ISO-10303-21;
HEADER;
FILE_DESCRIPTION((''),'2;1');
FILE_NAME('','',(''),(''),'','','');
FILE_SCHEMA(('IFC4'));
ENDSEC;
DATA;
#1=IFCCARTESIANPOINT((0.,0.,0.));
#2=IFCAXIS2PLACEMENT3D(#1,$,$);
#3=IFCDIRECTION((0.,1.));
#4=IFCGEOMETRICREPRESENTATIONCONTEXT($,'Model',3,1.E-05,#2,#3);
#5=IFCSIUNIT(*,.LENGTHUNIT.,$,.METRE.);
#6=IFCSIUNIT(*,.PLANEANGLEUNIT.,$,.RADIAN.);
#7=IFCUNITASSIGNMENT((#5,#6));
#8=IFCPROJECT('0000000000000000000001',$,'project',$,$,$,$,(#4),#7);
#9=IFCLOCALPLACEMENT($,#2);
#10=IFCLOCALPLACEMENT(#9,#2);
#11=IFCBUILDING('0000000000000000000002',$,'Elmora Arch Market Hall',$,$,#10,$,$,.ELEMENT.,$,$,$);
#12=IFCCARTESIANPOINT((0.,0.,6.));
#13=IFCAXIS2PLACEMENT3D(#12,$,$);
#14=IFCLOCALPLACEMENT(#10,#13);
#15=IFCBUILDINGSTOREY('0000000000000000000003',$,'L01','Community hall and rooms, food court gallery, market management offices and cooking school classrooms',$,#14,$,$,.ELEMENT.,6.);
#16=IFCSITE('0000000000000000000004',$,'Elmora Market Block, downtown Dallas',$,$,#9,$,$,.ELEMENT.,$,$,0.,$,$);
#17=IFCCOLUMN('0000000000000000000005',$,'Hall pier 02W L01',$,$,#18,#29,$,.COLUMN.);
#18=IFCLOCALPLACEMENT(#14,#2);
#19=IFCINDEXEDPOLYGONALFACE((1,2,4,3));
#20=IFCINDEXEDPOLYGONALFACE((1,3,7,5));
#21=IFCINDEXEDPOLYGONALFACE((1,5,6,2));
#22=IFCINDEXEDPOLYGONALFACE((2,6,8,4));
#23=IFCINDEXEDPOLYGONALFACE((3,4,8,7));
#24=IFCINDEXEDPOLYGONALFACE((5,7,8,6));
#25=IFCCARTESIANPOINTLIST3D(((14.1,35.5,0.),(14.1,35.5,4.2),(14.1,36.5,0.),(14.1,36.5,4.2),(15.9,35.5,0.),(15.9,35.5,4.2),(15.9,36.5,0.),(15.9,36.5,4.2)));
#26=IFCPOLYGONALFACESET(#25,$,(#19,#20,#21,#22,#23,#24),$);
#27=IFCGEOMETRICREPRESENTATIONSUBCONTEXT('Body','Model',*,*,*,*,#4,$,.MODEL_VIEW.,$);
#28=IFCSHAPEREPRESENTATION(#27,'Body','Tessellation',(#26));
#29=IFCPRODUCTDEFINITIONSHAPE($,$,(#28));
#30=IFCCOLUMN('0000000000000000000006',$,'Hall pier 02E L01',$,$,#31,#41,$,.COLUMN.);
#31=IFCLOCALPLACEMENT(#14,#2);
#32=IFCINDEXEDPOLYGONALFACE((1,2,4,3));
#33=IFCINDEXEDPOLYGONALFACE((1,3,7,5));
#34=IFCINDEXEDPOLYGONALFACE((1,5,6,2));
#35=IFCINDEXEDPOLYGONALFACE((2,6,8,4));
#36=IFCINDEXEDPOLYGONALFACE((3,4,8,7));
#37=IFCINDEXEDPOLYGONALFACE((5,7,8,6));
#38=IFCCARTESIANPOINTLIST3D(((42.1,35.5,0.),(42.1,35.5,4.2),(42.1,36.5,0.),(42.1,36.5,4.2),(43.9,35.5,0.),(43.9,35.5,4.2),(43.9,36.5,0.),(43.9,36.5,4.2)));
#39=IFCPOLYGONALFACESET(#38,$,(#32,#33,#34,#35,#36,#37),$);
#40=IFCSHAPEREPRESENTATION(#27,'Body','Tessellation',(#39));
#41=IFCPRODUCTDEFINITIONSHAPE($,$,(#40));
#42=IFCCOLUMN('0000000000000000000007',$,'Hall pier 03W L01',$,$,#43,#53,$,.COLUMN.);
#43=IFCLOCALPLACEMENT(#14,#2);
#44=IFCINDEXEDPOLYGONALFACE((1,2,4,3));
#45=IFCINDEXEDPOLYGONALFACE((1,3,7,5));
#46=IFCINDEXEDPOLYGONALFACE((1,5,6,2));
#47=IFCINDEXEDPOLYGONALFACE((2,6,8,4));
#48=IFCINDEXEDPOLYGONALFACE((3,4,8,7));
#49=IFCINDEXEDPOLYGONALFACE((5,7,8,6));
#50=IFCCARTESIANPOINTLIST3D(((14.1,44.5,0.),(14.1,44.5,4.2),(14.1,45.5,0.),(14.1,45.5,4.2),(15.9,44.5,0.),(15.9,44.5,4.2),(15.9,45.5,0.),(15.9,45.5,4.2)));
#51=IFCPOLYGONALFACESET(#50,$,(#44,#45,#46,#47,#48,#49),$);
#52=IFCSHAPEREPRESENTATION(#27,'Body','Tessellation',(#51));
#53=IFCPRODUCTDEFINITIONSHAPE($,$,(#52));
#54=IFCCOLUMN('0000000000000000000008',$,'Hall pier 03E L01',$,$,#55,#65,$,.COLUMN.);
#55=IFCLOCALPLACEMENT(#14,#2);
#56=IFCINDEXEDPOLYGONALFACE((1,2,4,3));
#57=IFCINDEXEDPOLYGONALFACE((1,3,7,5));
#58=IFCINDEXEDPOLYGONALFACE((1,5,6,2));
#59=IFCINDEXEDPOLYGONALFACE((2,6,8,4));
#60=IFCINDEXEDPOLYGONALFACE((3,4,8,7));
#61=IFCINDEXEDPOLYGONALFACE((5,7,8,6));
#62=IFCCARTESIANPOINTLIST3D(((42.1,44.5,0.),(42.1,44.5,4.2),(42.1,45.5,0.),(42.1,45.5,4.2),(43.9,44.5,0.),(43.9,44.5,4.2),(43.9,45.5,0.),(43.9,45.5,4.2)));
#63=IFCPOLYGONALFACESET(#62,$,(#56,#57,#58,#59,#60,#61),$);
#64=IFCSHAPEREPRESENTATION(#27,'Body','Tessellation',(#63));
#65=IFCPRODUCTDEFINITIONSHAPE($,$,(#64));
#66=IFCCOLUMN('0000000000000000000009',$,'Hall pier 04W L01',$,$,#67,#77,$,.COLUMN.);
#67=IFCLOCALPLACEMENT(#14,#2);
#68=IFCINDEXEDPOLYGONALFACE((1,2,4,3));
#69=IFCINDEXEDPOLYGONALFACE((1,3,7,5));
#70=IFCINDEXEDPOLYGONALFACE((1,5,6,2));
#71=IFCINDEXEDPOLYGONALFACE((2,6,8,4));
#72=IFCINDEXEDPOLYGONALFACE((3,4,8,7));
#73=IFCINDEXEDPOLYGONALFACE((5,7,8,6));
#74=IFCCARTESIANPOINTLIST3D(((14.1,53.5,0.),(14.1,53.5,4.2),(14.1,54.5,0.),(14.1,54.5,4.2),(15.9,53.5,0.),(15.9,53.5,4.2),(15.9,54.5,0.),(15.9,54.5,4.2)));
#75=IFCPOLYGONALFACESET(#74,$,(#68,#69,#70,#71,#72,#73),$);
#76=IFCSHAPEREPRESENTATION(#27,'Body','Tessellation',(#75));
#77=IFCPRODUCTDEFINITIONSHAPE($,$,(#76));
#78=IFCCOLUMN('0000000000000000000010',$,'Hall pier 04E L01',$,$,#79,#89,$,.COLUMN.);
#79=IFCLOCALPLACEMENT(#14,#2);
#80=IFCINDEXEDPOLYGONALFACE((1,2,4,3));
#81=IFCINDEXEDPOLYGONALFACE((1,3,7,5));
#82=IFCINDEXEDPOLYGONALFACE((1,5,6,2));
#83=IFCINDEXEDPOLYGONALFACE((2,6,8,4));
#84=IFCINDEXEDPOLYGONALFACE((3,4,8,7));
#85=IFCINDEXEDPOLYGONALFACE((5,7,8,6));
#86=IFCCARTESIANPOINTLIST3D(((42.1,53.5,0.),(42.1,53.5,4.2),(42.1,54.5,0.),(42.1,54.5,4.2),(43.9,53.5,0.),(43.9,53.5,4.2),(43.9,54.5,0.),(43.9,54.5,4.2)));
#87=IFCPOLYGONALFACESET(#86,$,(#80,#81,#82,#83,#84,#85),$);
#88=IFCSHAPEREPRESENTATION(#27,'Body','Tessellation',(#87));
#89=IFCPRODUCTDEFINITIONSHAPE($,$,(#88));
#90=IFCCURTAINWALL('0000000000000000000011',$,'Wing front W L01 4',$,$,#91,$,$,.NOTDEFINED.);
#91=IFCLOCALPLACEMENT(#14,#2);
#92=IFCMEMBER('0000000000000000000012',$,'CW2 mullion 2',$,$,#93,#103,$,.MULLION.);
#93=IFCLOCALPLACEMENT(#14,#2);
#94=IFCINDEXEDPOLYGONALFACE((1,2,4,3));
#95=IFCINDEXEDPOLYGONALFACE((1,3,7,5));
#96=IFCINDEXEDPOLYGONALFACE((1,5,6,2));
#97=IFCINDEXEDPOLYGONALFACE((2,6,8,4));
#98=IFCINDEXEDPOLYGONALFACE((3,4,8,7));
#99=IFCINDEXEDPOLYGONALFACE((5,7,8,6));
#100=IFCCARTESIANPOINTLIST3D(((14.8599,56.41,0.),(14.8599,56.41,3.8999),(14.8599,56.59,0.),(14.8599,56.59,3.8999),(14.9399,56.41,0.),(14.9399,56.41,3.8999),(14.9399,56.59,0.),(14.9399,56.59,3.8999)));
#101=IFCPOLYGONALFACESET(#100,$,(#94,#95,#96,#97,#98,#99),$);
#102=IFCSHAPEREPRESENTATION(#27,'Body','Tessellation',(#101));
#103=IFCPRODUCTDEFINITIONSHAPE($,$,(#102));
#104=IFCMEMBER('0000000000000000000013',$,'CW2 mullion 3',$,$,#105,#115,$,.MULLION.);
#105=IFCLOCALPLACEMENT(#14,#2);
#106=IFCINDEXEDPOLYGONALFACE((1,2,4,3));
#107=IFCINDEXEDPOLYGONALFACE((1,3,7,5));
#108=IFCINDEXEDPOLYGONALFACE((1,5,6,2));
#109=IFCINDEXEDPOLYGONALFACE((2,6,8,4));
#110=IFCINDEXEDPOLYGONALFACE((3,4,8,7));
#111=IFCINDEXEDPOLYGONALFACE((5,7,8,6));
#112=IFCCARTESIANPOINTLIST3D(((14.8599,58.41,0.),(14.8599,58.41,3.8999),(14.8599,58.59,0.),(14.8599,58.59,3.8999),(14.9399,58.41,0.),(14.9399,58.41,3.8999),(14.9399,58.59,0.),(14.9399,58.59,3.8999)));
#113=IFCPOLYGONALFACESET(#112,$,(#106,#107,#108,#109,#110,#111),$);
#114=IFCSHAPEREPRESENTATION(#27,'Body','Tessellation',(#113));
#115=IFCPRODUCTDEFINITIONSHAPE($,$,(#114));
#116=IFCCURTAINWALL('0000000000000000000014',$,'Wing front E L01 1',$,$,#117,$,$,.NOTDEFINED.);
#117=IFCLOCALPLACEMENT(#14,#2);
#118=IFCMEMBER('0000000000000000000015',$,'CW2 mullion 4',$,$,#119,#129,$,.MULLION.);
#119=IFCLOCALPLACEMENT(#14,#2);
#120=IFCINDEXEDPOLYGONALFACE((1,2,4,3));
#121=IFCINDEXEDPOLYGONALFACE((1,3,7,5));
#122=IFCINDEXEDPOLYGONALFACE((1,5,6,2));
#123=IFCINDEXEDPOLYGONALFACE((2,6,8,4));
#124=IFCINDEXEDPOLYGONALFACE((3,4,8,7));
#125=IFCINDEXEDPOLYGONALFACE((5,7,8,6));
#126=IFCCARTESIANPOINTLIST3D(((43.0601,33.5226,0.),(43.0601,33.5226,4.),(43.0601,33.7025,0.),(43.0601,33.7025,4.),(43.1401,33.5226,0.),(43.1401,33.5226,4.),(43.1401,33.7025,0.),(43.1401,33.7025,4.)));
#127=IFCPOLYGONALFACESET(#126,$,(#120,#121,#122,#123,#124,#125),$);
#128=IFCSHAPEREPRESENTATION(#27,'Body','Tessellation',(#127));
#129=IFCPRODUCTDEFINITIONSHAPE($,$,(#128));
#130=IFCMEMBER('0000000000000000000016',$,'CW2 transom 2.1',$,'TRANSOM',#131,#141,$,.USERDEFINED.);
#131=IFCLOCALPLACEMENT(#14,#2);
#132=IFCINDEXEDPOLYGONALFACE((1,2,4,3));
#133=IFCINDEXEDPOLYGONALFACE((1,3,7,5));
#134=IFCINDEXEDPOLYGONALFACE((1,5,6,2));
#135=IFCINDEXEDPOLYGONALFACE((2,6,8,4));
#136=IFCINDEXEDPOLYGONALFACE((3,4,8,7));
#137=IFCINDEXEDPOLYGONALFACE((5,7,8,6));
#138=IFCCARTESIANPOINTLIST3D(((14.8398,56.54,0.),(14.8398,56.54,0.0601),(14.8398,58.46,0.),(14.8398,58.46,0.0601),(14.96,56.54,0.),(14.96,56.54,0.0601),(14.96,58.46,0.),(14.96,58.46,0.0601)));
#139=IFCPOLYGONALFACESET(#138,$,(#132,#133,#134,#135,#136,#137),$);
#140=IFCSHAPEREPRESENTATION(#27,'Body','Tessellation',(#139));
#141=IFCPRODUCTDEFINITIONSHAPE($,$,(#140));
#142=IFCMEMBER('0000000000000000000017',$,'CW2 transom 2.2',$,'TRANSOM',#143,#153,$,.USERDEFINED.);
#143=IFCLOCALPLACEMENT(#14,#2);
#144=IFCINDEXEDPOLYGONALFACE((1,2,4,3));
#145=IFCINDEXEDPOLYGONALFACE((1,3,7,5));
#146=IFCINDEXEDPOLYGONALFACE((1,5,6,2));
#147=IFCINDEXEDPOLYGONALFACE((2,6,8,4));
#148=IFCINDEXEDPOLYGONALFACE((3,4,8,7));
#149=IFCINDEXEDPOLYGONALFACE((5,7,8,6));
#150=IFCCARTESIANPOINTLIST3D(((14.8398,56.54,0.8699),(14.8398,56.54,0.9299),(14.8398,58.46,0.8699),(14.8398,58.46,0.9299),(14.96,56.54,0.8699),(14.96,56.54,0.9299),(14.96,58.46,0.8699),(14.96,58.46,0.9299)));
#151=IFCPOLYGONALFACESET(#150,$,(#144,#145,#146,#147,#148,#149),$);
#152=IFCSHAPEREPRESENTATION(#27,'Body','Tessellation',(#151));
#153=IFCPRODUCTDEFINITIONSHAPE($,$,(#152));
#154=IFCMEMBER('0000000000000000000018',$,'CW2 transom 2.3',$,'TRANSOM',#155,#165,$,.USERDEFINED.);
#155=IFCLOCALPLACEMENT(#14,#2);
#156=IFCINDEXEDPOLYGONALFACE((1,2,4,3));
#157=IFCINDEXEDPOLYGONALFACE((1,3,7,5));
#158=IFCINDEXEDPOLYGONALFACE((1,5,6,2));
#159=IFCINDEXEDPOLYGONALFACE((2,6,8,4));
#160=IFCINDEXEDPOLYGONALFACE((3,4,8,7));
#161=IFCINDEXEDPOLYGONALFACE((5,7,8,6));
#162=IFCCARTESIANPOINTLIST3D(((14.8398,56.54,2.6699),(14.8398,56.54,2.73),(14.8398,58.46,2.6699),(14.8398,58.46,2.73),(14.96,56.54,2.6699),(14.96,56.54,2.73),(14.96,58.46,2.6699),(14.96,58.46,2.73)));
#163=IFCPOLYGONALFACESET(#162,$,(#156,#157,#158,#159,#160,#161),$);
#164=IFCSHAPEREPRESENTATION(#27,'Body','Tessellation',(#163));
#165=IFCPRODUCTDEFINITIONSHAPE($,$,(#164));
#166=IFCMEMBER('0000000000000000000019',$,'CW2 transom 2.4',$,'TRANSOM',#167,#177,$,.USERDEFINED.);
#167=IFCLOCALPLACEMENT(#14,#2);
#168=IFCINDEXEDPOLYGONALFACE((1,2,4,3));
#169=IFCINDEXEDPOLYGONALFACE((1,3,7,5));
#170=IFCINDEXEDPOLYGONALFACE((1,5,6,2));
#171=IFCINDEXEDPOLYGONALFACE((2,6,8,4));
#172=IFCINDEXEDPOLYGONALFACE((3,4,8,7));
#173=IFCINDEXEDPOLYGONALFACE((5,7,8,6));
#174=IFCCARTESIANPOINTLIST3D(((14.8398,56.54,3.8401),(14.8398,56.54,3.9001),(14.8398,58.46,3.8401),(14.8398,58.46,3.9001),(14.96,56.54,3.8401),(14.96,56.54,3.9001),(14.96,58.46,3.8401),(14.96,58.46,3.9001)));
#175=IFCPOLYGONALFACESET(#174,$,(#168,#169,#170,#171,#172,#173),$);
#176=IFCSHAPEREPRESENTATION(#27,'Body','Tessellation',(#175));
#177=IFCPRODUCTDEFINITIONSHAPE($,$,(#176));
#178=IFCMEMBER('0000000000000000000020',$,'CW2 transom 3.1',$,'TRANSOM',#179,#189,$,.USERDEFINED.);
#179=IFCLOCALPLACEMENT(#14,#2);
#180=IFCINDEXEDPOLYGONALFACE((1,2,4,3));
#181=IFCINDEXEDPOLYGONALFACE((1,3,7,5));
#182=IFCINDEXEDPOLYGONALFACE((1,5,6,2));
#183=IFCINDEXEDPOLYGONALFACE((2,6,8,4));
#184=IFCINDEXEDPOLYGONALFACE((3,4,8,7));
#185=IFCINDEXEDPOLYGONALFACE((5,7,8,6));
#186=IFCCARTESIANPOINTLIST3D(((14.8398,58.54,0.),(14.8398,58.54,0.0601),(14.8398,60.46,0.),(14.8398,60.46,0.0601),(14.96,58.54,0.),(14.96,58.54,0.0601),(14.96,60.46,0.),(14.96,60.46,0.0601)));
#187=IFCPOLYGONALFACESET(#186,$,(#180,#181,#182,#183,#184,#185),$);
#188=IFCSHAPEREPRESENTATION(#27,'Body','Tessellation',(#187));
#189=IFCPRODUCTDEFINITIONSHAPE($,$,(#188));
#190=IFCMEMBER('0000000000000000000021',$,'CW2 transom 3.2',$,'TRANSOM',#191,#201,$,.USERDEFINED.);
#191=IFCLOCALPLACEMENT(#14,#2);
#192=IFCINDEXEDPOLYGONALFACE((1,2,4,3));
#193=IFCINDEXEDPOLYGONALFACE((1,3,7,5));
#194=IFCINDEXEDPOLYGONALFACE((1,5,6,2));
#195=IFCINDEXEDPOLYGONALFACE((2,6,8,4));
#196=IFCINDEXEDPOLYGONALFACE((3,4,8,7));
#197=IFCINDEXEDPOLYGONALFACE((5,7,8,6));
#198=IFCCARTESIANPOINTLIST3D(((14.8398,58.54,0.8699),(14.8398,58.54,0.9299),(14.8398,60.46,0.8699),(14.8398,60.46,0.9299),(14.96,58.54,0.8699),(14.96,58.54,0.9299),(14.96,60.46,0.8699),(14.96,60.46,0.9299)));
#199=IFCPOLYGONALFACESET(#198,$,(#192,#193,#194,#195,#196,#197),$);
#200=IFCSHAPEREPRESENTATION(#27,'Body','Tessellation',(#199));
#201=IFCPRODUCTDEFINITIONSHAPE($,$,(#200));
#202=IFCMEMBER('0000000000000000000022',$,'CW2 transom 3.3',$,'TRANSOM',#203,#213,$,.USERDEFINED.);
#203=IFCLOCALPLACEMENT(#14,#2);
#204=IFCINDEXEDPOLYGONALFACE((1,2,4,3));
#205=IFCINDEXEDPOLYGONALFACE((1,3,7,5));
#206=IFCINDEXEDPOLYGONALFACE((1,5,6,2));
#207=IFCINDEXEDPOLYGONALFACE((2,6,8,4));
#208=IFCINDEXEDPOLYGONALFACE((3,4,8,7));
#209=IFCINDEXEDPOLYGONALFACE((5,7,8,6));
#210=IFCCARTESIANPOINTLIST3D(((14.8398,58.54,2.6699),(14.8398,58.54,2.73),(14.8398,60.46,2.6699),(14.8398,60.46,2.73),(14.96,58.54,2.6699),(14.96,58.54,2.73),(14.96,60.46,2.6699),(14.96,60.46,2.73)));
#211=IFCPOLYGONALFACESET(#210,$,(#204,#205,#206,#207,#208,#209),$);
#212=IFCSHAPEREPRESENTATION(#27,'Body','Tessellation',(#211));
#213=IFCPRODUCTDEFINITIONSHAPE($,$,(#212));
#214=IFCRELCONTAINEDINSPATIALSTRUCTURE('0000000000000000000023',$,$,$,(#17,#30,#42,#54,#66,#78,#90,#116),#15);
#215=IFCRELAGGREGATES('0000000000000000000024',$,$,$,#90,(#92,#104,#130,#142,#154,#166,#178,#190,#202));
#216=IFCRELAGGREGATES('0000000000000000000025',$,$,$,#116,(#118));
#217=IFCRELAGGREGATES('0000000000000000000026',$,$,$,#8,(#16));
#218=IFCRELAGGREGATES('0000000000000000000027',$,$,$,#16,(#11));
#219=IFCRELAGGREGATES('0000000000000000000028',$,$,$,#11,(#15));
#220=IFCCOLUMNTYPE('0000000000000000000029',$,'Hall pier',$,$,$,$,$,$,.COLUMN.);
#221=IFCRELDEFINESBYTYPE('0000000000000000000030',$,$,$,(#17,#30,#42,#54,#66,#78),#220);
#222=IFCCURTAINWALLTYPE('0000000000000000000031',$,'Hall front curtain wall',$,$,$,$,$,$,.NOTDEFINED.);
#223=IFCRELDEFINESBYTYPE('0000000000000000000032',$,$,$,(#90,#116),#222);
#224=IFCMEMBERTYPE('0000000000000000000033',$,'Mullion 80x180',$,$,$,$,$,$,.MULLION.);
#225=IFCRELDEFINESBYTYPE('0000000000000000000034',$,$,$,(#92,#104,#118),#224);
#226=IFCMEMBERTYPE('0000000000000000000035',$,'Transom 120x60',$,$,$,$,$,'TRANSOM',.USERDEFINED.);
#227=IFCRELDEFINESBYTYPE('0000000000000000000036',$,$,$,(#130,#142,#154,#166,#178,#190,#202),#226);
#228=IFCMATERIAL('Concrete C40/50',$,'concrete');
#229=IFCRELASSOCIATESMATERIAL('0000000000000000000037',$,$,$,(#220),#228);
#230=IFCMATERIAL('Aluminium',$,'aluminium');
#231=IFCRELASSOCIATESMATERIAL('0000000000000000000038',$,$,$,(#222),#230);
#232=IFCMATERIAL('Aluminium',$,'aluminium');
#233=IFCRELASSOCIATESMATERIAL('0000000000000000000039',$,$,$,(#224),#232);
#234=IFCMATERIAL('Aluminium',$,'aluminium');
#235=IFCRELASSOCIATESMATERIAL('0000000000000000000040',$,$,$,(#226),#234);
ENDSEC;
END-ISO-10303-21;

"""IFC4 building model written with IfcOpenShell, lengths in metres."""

from ifc_helpers import new_model, si_unit, direction, frame, origin, origin_2d, place, context, subcontext, project, spatial, rectangle, extrude, material, material_profile, profile_set, type_object, element, aggregate, save


model = new_model("IFC4")

# Units and contexts
model_context = context("Model", 3, precision=1e-05, world=origin(), true_north=direction((0.0, 1.0)))
body_context = subcontext(model_context, "Body", "Model", "MODEL_VIEW")
ifc_project = project(units=[si_unit("LENGTHUNIT", "METRE"), si_unit("PLANEANGLEUNIT", "RADIAN")], contexts=[model_context])

# Site, building, storey
site_placement = place(None, origin())
site = spatial("IfcSite", under=ifc_project, at=site_placement, Name="Elmora Market Block, downtown Dallas", CompositionType="ELEMENT", RefElevation=0.0)
building_placement = place(site_placement, origin())
building = spatial("IfcBuilding", under=site, at=building_placement, Name="Elmora Arch Market Hall", CompositionType="ELEMENT")
storey_placement = place(building_placement, frame((0.0, 0.0, 6.0)))
storey = spatial("IfcBuildingStorey", under=building, at=storey_placement, Name="L01", Description="Community hall and rooms, food court gallery, market management offices and cooking school classrooms", CompositionType="ELEMENT", Elevation=6.0)

# Columns
ifc_material_1 = material(Name="Concrete C40/50", Category="concrete")
ifc_material_profile_1 = material_profile(ifc_material_1, rectangle(XDim=1.8, YDim=1.0, at=origin_2d()), Name="Hall pier")
ifc_profile_set_1 = profile_set([ifc_material_profile_1], Name="Concrete C40/50")
column_type = type_object("IfcColumnType", Name="Hall pier", PredefinedType="COLUMN", material=ifc_profile_set_1)
for number, where, z_axis, x_axis, name in (
    (1, (15.0, 36.0, 0.0), (0.0, 0.0, 1.0), (1.0, 0.0, 0.0), "Hall pier 02W L01"),
    (2, (43.0, 36.0, 0.0), (0.0, 0.0, 1.0), (1.0, 0.0, 0.0), "Hall pier 02E L01"),
    (3, (15.0, 45.0, 0.0), (0.0, 0.0, 1.0), (1.0, 0.0, 0.0), "Hall pier 03W L01"),
    (4, (43.0, 45.0, 0.0), (0.0, 0.0, 1.0), (1.0, 0.0, 0.0), "Hall pier 03E L01"),
    (5, (15.0, 54.0, 0.0), (0.0, 0.0, 1.0), (1.0, 0.0, 0.0), "Hall pier 04W L01"),
    (6, (43.0, 54.0, 0.0), (0.0, 0.0, 1.0), (1.0, 0.0, 0.0), "Hall pier 04E L01"),
):
    element("IfcColumn", number, at=place(storey_placement, frame(where, z_axis=z_axis, x_axis=x_axis)), inside=storey, type_object=column_type, Name=name, PredefinedType="COLUMN", context=body_context, shape_type="SweptSolid", body=[
        extrude(rectangle(XDim=1.8, YDim=1.0, at=origin_2d()), origin(), (0.0, 0.0, 1.0), 4.2),
    ])

# Curtain wall, members
ifc_material_2 = material(Name="Aluminium", Category="aluminium")
curtain_wall_type = type_object("IfcCurtainWallType", Name="Hall front curtain wall", PredefinedType="NOTDEFINED", material=ifc_material_2)
curtain_wall_1_placement = place(storey_placement, origin())
curtain_wall_1 = element("IfcCurtainWall", 7, at=curtain_wall_1_placement, inside=storey, type_object=curtain_wall_type, Name="Wing front W L01 4", PredefinedType="NOTDEFINED")
ifc_material_3 = material(Name="Aluminium", Category="aluminium")
ifc_material_profile_2 = material_profile(ifc_material_3, rectangle(XDim=0.0801, YDim=0.1799, at=origin_2d()), Name="AL 80x180")
ifc_profile_set_2 = profile_set([ifc_material_profile_2], Name="Aluminium")
member_type_1 = type_object("IfcMemberType", Name="Mullion 80x180", PredefinedType="MULLION", material=ifc_profile_set_2)
member_1_placement = place(storey_placement, frame((14.8999, 56.5, 0.0), z_axis=(0.0, 0.0, 1.0), x_axis=(-1.0, 0.0, 0.0)))
member_1 = element("IfcMember", 8, at=member_1_placement, type_object=member_type_1, Name="CW2 mullion 2", PredefinedType="MULLION", context=body_context, shape_type="SweptSolid", body=[
    extrude(rectangle(XDim=0.0801, YDim=0.1799, at=origin_2d()), origin(), (0.0, 0.0, 1.0), 3.8999),
])
member_2_placement = place(storey_placement, frame((14.8999, 58.5, 0.0), z_axis=(0.0, 0.0, 1.0), x_axis=(-1.0, 0.0, 0.0)))
member_2 = element("IfcMember", 9, at=member_2_placement, type_object=member_type_1, Name="CW2 mullion 3", PredefinedType="MULLION", context=body_context, shape_type="SweptSolid", body=[
    extrude(rectangle(XDim=0.0801, YDim=0.1799, at=origin_2d()), origin(), (0.0, 0.0, 1.0), 3.8999),
])

# Curtain wall, member
curtain_wall_2_placement = place(storey_placement, origin())
curtain_wall_2 = element("IfcCurtainWall", 10, at=curtain_wall_2_placement, inside=storey, type_object=curtain_wall_type, Name="Wing front E L01 1", PredefinedType="NOTDEFINED")
member_3_placement = place(storey_placement, frame((43.1001, 33.6125, 0.0), z_axis=(0.0, 0.0, 1.0), x_axis=(-1.0, 0.0, 0.0)))
member_3 = element("IfcMember", 11, at=member_3_placement, type_object=member_type_1, Name="CW2 mullion 4", PredefinedType="MULLION", context=body_context, shape_type="SweptSolid", body=[
    extrude(rectangle(XDim=0.0801, YDim=0.1799, at=origin_2d()), origin(), (0.0, 0.0, 1.0), 4.0),
])

# Members
ifc_material_4 = material(Name="Aluminium", Category="aluminium")
ifc_material_profile_3 = material_profile(ifc_material_4, rectangle(XDim=0.1201, YDim=0.0601, at=origin_2d()), Name="AL 120x60")
ifc_profile_set_3 = profile_set([ifc_material_profile_3], Name="Aluminium")
member_type_2 = type_object("IfcMemberType", Name="Transom 120x60", ElementType="TRANSOM", PredefinedType="USERDEFINED", material=ifc_profile_set_3)
member_4_placement = place(storey_placement, frame((14.8999, 56.54, 0.03), z_axis=(0.0, 1.0, 0.0), x_axis=(-1.0, 0.0, 0.0)))
member_4 = element("IfcMember", 12, at=member_4_placement, type_object=member_type_2, Name="CW2 transom 2.1", ObjectType="TRANSOM", PredefinedType="USERDEFINED", context=body_context, shape_type="SweptSolid", body=[
    extrude(rectangle(XDim=0.1201, YDim=0.0601, at=origin_2d()), origin(), (0.0, 0.0, 1.0), 1.9199),
])
member_5_placement = place(storey_placement, frame((14.8999, 56.54, 0.8999), z_axis=(0.0, 1.0, 0.0), x_axis=(-1.0, 0.0, 0.0)))
member_5 = element("IfcMember", 13, at=member_5_placement, type_object=member_type_2, Name="CW2 transom 2.2", ObjectType="TRANSOM", PredefinedType="USERDEFINED", context=body_context, shape_type="SweptSolid", body=[
    extrude(rectangle(XDim=0.1201, YDim=0.0601, at=origin_2d()), origin(), (0.0, 0.0, 1.0), 1.9199),
])
member_6_placement = place(storey_placement, frame((14.8999, 56.54, 2.7), z_axis=(0.0, 1.0, 0.0), x_axis=(-1.0, 0.0, 0.0)))
member_6 = element("IfcMember", 14, at=member_6_placement, type_object=member_type_2, Name="CW2 transom 2.3", ObjectType="TRANSOM", PredefinedType="USERDEFINED", context=body_context, shape_type="SweptSolid", body=[
    extrude(rectangle(XDim=0.1201, YDim=0.0601, at=origin_2d()), origin(), (0.0, 0.0, 1.0), 1.9199),
])
member_7_placement = place(storey_placement, frame((14.8999, 56.54, 3.8701), z_axis=(0.0, 1.0, 0.0), x_axis=(-1.0, 0.0, 0.0)))
member_7 = element("IfcMember", 15, at=member_7_placement, type_object=member_type_2, Name="CW2 transom 2.4", ObjectType="TRANSOM", PredefinedType="USERDEFINED", context=body_context, shape_type="SweptSolid", body=[
    extrude(rectangle(XDim=0.1201, YDim=0.0601, at=origin_2d()), origin(), (0.0, 0.0, 1.0), 1.9199),
])
member_8_placement = place(storey_placement, frame((14.8999, 58.54, 0.03), z_axis=(0.0, 1.0, 0.0), x_axis=(-1.0, 0.0, 0.0)))
member_8 = element("IfcMember", 16, at=member_8_placement, type_object=member_type_2, Name="CW2 transom 3.1", ObjectType="TRANSOM", PredefinedType="USERDEFINED", context=body_context, shape_type="SweptSolid", body=[
    extrude(rectangle(XDim=0.1201, YDim=0.0601, at=origin_2d()), origin(), (0.0, 0.0, 1.0), 1.9199),
])
member_9_placement = place(storey_placement, frame((14.8999, 58.54, 0.8999), z_axis=(0.0, 1.0, 0.0), x_axis=(-1.0, 0.0, 0.0)))
member_9 = element("IfcMember", 17, at=member_9_placement, type_object=member_type_2, Name="CW2 transom 3.2", ObjectType="TRANSOM", PredefinedType="USERDEFINED", context=body_context, shape_type="SweptSolid", body=[
    extrude(rectangle(XDim=0.1201, YDim=0.0601, at=origin_2d()), origin(), (0.0, 0.0, 1.0), 1.9199),
])
member_10_placement = place(storey_placement, frame((14.8999, 58.54, 2.7), z_axis=(0.0, 1.0, 0.0), x_axis=(-1.0, 0.0, 0.0)))
member_10 = element("IfcMember", 18, at=member_10_placement, type_object=member_type_2, Name="CW2 transom 3.3", ObjectType="TRANSOM", PredefinedType="USERDEFINED", context=body_context, shape_type="SweptSolid", body=[
    extrude(rectangle(XDim=0.1201, YDim=0.0601, at=origin_2d()), origin(), (0.0, 0.0, 1.0), 1.9199),
])

aggregate(curtain_wall_1, [member_1, member_2, member_4, member_5, member_6, member_7, member_8, member_9, member_10])
aggregate(curtain_wall_2, [member_3])

save(model, "model.ifc")
